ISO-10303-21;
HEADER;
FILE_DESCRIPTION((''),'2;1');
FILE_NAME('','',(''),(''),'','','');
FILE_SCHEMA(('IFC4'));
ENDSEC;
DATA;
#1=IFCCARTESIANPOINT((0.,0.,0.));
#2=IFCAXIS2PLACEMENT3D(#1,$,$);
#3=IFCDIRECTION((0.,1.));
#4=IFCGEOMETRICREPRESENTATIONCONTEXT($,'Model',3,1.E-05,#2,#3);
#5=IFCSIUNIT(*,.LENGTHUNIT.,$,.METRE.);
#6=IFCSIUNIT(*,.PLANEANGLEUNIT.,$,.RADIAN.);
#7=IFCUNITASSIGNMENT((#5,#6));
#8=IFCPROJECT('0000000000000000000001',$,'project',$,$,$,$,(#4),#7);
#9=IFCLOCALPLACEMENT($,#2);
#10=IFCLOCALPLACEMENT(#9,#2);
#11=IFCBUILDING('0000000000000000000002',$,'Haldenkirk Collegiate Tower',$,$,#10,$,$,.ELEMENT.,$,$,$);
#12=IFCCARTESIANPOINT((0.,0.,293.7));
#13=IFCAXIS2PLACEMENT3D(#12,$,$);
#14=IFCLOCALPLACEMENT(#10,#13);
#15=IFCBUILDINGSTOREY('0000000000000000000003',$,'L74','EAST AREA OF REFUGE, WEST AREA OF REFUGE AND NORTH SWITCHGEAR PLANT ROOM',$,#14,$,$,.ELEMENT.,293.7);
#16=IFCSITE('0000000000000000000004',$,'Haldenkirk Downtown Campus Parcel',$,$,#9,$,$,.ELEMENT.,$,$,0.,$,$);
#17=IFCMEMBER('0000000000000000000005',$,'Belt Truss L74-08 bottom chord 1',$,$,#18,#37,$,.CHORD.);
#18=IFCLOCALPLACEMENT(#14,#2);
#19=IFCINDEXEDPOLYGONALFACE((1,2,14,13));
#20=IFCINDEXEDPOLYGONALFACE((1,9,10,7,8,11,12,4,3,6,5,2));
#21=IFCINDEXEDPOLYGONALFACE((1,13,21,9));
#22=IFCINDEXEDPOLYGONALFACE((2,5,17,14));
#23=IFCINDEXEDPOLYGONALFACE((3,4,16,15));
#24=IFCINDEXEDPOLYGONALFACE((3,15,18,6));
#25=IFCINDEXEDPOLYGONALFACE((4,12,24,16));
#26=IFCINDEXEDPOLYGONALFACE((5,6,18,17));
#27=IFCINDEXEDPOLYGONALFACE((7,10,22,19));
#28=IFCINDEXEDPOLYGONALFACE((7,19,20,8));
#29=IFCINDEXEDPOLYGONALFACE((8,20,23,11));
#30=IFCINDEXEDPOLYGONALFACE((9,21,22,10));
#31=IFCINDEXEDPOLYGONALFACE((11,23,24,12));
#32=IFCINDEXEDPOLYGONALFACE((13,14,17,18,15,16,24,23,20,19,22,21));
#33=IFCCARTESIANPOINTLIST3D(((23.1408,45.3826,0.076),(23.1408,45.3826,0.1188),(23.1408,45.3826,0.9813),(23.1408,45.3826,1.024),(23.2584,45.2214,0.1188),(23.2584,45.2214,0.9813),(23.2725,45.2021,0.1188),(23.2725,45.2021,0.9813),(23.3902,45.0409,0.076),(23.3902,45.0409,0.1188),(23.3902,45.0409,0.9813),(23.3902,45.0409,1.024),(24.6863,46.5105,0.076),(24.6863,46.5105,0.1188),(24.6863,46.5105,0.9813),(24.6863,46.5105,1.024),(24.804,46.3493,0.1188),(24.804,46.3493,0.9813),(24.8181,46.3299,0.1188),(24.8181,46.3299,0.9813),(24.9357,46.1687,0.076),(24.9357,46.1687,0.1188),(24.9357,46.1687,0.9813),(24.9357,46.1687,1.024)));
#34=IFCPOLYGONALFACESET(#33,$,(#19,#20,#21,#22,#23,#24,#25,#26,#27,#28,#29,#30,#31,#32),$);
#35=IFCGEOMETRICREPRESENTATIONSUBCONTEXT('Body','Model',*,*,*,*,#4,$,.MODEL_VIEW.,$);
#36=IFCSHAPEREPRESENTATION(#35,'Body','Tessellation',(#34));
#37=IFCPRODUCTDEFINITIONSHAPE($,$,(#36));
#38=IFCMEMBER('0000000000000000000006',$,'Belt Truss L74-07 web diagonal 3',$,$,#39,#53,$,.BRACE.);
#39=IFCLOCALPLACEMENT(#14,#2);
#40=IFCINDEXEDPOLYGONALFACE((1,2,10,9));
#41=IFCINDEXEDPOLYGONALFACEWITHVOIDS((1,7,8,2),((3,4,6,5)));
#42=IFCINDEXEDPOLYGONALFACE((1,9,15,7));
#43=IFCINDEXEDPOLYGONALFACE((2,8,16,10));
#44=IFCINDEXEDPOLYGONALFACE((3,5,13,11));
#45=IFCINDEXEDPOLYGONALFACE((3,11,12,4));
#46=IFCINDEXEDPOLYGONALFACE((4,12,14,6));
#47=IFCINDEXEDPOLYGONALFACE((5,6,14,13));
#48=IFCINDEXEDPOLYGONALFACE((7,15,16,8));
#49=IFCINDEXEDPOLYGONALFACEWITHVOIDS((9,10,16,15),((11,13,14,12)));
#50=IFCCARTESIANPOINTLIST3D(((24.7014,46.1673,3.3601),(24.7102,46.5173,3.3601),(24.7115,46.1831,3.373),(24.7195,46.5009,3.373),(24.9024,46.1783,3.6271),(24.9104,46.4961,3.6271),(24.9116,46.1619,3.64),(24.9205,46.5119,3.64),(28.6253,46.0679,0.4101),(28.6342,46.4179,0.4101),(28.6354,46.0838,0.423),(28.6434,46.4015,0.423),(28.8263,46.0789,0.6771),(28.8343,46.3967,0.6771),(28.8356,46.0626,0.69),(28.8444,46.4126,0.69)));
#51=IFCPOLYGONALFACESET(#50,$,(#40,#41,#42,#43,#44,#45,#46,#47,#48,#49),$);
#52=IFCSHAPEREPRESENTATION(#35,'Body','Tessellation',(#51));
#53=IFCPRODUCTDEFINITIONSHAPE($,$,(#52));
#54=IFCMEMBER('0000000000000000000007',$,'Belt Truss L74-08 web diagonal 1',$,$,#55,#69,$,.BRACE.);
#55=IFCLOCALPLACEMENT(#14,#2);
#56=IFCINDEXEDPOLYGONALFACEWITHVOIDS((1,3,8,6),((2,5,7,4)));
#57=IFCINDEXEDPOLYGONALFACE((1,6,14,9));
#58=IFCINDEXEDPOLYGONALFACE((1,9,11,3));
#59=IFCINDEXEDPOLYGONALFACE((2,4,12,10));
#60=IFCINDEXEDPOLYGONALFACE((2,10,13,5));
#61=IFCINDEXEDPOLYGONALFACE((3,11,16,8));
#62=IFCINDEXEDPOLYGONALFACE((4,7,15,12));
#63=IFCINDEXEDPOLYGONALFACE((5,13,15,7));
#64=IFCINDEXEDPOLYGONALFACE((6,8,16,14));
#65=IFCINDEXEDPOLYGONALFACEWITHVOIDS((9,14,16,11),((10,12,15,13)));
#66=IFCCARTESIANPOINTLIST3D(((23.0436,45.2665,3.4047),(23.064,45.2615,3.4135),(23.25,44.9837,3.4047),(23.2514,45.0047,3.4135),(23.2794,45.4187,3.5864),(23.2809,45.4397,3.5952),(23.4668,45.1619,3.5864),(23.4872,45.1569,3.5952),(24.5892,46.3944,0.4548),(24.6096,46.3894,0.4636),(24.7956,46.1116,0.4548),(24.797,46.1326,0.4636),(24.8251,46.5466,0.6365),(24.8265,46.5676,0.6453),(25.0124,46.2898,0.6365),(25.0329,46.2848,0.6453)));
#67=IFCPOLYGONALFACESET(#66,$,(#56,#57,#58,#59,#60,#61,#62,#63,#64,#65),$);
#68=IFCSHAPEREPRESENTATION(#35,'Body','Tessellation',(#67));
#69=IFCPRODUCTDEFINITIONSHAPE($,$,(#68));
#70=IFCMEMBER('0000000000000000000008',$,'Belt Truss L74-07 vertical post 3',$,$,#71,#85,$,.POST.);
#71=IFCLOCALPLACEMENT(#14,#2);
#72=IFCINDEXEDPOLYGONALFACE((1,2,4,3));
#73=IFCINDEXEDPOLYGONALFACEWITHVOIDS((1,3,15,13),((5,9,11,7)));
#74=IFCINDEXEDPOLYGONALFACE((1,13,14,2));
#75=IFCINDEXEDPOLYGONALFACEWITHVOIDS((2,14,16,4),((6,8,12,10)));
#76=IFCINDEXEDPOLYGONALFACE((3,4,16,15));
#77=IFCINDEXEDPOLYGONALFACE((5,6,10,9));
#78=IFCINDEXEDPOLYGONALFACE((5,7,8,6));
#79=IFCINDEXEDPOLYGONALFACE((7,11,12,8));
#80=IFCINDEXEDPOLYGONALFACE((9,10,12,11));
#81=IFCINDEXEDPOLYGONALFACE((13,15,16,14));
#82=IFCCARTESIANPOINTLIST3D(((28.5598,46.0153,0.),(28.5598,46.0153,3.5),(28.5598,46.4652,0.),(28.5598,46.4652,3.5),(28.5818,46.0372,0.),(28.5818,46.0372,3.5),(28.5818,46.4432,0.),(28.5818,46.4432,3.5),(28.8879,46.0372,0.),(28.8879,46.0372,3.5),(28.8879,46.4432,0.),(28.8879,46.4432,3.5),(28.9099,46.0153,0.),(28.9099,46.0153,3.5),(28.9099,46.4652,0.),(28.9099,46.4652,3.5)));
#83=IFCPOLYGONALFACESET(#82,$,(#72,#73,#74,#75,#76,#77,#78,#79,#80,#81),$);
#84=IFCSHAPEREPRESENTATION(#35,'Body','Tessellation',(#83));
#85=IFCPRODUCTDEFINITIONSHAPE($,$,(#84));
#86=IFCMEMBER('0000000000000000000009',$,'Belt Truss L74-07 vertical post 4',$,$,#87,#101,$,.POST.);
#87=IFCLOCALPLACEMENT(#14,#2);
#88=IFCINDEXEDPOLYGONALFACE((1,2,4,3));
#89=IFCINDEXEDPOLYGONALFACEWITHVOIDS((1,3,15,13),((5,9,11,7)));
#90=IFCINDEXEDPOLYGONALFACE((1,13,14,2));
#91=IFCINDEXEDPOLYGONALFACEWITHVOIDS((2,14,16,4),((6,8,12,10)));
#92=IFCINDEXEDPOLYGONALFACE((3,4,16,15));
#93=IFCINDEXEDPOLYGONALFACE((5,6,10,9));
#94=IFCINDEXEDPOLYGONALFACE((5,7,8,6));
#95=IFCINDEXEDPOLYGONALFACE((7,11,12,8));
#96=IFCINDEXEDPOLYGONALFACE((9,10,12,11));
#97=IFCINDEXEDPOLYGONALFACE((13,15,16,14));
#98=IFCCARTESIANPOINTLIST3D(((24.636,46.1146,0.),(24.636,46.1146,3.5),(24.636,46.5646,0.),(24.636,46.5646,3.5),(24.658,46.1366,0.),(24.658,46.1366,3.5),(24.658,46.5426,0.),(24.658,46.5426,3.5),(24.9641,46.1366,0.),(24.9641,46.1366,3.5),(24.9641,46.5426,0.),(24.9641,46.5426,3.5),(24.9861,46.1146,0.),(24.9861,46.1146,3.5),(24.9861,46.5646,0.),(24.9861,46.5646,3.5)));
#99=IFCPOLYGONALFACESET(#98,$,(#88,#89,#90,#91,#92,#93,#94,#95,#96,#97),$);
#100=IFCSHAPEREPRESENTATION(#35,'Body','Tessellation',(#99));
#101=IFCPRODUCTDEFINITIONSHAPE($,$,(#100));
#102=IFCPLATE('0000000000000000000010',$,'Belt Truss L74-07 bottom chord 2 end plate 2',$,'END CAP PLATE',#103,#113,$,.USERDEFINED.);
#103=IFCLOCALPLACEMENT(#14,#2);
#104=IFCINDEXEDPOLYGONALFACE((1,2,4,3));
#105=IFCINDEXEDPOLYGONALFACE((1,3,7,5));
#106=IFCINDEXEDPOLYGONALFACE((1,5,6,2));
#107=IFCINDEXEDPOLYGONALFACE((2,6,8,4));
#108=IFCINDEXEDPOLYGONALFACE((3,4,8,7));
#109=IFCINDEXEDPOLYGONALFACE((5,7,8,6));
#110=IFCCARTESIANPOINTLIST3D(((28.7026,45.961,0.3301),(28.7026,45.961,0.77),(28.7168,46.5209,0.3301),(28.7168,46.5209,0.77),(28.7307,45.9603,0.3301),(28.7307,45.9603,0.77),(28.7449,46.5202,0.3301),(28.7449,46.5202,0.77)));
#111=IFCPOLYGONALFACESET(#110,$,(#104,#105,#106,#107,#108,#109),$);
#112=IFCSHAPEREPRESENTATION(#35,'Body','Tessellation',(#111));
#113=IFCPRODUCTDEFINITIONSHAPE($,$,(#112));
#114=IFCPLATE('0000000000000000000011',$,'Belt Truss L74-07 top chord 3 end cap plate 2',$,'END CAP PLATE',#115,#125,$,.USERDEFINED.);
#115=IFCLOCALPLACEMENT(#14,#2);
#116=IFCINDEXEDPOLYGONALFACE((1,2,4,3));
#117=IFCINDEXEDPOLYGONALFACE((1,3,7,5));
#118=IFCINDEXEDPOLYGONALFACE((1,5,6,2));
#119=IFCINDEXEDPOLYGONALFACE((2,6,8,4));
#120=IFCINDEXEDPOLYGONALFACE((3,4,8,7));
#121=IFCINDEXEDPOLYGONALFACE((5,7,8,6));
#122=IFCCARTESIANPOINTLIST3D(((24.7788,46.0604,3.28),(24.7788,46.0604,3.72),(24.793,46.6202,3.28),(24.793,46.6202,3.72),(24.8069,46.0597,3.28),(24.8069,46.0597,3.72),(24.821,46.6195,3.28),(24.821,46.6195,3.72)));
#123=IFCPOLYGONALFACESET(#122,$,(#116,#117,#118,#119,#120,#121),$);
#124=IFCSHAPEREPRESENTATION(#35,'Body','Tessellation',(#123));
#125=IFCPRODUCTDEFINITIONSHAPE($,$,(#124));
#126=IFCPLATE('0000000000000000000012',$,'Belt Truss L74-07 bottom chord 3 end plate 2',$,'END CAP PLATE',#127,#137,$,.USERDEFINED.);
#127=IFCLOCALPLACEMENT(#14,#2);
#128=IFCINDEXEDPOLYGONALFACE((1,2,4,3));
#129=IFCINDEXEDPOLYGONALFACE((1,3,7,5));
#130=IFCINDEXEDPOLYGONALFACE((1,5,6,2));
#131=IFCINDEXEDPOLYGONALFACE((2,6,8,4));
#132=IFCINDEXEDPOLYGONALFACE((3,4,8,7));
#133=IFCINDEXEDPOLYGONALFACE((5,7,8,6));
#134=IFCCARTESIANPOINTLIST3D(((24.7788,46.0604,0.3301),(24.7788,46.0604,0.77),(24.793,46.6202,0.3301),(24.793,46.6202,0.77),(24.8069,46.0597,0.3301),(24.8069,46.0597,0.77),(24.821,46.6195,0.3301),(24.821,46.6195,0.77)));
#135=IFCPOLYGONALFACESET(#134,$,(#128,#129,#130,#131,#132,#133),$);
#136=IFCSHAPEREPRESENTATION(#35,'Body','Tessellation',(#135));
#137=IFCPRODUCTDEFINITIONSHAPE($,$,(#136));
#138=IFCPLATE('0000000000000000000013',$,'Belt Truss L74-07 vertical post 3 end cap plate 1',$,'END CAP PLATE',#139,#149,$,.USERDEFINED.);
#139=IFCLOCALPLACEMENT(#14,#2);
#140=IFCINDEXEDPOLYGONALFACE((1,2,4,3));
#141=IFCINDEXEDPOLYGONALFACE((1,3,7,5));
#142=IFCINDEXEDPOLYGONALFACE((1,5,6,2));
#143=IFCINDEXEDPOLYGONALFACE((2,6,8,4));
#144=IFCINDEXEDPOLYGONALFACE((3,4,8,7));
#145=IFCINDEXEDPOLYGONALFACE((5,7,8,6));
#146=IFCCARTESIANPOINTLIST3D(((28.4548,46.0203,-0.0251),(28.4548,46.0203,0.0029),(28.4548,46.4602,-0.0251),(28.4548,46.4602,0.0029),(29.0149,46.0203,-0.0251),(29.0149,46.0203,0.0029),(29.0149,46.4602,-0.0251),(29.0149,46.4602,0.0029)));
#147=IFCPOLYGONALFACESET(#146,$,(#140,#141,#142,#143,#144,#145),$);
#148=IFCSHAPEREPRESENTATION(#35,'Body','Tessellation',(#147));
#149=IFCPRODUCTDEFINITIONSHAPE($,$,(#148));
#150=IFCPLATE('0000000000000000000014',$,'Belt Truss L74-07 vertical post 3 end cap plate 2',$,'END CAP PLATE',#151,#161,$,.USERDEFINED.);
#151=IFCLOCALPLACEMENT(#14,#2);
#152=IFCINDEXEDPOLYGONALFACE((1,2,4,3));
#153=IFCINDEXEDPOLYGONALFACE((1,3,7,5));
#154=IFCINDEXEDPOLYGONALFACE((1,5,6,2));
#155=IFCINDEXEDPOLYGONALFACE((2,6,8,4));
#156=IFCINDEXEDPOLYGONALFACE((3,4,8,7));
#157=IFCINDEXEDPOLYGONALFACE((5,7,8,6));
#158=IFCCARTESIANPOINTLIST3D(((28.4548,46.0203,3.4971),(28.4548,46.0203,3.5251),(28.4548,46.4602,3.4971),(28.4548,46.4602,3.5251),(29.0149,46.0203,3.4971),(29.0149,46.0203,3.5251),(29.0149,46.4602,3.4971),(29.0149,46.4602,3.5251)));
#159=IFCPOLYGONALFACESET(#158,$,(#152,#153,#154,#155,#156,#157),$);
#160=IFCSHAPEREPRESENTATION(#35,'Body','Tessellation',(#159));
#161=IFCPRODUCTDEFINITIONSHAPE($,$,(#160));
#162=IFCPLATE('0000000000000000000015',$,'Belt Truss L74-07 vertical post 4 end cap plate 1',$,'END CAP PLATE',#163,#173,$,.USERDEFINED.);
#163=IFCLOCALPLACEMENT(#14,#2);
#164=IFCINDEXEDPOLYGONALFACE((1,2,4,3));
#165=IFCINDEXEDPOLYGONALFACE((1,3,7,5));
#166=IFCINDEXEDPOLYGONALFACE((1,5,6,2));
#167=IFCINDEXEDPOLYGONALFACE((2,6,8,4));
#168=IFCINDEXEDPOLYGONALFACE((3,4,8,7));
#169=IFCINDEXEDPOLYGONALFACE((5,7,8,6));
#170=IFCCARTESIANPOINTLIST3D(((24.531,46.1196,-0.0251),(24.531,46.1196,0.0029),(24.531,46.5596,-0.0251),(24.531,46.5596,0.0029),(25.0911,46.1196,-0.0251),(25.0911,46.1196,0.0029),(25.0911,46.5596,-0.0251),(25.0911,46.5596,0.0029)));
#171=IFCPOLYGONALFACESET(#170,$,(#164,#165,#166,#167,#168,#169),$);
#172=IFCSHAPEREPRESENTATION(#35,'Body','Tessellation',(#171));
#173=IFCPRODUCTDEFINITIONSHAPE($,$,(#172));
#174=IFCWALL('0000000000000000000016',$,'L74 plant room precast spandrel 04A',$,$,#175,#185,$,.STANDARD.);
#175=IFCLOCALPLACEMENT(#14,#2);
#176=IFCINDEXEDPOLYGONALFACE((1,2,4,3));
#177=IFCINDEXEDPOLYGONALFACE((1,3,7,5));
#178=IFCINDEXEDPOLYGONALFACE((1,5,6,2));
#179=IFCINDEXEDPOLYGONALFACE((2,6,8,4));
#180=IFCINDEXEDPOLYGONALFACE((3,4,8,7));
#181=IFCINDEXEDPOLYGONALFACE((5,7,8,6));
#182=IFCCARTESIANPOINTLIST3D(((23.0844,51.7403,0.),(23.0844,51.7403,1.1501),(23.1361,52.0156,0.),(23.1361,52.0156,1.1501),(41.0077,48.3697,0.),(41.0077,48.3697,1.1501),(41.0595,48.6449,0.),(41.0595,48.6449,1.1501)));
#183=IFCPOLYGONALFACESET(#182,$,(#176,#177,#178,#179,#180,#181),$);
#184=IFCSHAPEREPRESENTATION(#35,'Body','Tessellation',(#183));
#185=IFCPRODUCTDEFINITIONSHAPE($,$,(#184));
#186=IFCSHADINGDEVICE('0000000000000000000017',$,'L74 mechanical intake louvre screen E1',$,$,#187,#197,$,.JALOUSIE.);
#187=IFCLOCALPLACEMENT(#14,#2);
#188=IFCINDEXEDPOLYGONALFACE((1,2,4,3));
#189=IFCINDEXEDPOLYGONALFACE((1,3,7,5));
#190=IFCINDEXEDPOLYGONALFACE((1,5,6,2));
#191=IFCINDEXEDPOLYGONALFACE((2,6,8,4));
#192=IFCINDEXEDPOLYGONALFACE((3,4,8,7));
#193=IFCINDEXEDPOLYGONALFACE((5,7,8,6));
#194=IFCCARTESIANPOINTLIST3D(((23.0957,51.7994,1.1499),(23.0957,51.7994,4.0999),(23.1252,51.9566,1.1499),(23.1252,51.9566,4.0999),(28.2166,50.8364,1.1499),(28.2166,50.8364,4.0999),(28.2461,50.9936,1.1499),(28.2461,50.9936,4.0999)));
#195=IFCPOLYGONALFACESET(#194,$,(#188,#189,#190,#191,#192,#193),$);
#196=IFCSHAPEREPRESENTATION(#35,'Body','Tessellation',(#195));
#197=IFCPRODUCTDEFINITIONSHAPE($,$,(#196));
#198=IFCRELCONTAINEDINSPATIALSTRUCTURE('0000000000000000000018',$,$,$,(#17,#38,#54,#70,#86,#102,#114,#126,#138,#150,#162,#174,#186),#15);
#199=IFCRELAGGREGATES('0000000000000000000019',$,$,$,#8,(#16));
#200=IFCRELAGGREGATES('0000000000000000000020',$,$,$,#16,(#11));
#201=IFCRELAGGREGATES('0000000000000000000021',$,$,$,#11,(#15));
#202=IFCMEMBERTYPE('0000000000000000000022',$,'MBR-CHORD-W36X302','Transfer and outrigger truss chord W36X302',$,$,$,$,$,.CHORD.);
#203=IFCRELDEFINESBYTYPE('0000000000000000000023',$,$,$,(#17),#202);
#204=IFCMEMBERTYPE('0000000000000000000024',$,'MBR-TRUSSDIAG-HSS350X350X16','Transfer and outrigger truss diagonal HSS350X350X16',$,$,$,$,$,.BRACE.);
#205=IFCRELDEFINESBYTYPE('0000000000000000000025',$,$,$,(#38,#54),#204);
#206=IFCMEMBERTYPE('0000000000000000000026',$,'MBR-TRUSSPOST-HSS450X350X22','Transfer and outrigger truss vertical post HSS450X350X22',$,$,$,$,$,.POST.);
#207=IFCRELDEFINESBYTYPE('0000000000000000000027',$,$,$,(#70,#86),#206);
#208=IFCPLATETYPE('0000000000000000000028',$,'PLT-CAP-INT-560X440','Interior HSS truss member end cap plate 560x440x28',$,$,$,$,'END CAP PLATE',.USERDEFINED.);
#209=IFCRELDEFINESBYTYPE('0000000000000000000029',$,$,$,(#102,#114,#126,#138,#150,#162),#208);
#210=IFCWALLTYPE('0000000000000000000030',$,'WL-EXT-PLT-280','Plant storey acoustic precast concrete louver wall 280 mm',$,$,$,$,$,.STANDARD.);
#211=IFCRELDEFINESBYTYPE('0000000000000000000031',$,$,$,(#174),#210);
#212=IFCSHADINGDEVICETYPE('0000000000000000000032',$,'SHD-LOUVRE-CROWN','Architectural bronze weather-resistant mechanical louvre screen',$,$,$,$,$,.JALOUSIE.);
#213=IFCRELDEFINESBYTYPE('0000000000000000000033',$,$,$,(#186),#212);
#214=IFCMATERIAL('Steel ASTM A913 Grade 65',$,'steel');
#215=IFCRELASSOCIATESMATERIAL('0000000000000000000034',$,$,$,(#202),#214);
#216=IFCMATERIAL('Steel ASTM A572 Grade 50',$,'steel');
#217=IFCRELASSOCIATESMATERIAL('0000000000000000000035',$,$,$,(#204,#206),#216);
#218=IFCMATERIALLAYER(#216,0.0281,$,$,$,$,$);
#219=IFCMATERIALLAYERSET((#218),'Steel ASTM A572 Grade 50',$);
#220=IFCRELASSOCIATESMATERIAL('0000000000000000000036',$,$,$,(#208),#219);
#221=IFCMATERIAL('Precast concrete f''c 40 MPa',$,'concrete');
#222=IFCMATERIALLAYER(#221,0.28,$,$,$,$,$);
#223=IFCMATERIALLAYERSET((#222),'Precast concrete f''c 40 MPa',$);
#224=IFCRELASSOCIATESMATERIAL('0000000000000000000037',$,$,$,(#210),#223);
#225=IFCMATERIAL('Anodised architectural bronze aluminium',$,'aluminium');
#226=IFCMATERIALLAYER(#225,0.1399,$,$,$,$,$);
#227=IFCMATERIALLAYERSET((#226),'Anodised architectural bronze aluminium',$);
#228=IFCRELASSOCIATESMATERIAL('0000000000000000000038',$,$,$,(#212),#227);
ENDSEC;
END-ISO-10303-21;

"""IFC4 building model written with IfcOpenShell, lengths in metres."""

from ifc_helpers import new_model, si_unit, direction, frame, frame_2d, origin, origin_2d, place, context, subcontext, project, spatial, rectangle, hollow_rectangle, i_section, extrude, source, transform, mapped, material, layer, layer_set, material_profile, profile_set, type_object, element, save


model = new_model("IFC4")

# Units and contexts
model_context = context("Model", 3, precision=1e-05, world=origin(), true_north=direction((0.0, 1.0)))
body_context = subcontext(model_context, "Body", "Model", "MODEL_VIEW")
ifc_project = project(units=[si_unit("LENGTHUNIT", "METRE"), si_unit("PLANEANGLEUNIT", "RADIAN")], contexts=[model_context])

# Site, building, storey
site_placement = place(None, origin())
site = spatial("IfcSite", under=ifc_project, at=site_placement, Name="Haldenkirk Downtown Campus Parcel", CompositionType="ELEMENT", RefElevation=0.0)
building_placement = place(site_placement, origin())
building = spatial("IfcBuilding", under=site, at=building_placement, Name="Haldenkirk Collegiate Tower", CompositionType="ELEMENT")
storey_placement = place(building_placement, frame((0.0, 0.0, 293.7)))
storey = spatial("IfcBuildingStorey", under=building, at=storey_placement, Name="L74", Description="EAST AREA OF REFUGE, WEST AREA OF REFUGE AND NORTH SWITCHGEAR PLANT ROOM", CompositionType="ELEMENT", Elevation=293.7)

# Shared definitions
ifc_material_1 = material(Name="Steel ASTM A913 Grade 65", Category="steel")
ifc_material_2 = material(Name="Steel ASTM A572 Grade 50", Category="steel")

# Members
ifc_material_profile_1 = material_profile(ifc_material_1, i_section(OverallWidth=0.4231, OverallDepth=0.948, WebThickness=0.0239, FlangeThickness=0.0427, at=origin_2d()), Name="W36X302")
ifc_profile_set_1 = profile_set([ifc_material_profile_1], Name="Steel ASTM A913 Grade 65")
member_type_1 = type_object("IfcMemberType", Name="MBR-CHORD-W36X302", Description="Transfer and outrigger truss chord W36X302", PredefinedType="CHORD", material=ifc_profile_set_1)
member_1_placement = place(storey_placement, frame((24.811, 46.3396, 0.55), z_axis=(-0.807786, -0.589476, 0.0), x_axis=(0.589476, -0.807786, 0.0)))
element("IfcMember", 1, at=member_1_placement, inside=storey, type_object=member_type_1, Name="Belt Truss L74-08 bottom chord 1", PredefinedType="CHORD", context=body_context, shape_type="SweptSolid", body=[
    extrude(i_section(OverallWidth=0.4231, OverallDepth=0.948, WebThickness=0.0239, FlangeThickness=0.0427, at=origin_2d()), origin(), (0.0, 0.0, 1.0), 1.9133),
])
ifc_material_profile_2 = material_profile(ifc_material_2, hollow_rectangle(XDim=0.3501, YDim=0.3501, WallThickness=0.0161, at=origin_2d()), Name="HSS350X350X16")
ifc_profile_set_2 = profile_set([ifc_material_profile_2], Name="Steel ASTM A572 Grade 50")
member_type_2 = type_object("IfcMemberType", Name="MBR-TRUSSDIAG-HSS350X350X16", Description="Transfer and outrigger truss diagonal HSS350X350X16", PredefinedType="BRACE", material=ifc_profile_set_2)
member_2_placement = place(storey_placement, frame((28.7349, 46.2402, 0.55), z_axis=(-0.799143, 0.020237, 0.6008), x_axis=(-0.025315, -0.99968, 0.0)))
element("IfcMember", 2, at=member_2_placement, inside=storey, type_object=member_type_2, Name="Belt Truss L74-07 web diagonal 3", PredefinedType="BRACE", context=body_context, shape_type="SweptSolid", body=[
    extrude(hollow_rectangle(XDim=0.3501, YDim=0.3501, WallThickness=0.0161, at=origin_2d()), origin(), (0.0, 0.0, 1.0), 4.9102),
])
member_3_placement = place(storey_placement, frame((24.811, 46.3396, 0.55), z_axis=(-0.439584, -0.320783, 0.838966), x_axis=(0.589476, -0.807786, 0.0)))
element("IfcMember", 3, at=member_3_placement, inside=storey, type_object=member_type_2, Name="Belt Truss L74-08 web diagonal 1", PredefinedType="BRACE", context=body_context, shape_type="SweptSolid", body=[
    extrude(hollow_rectangle(XDim=0.3501, YDim=0.3501, WallThickness=0.0161, at=origin_2d()), origin(), (0.0, 0.0, 1.0), 3.5161),
])
ifc_material_profile_3 = material_profile(ifc_material_2, hollow_rectangle(XDim=0.3501, YDim=0.45, WallThickness=0.022, at=origin_2d()), Name="HSS450X350X22")
ifc_profile_set_3 = profile_set([ifc_material_profile_3], Name="Steel ASTM A572 Grade 50")
member_type_3 = type_object("IfcMemberType", Name="MBR-TRUSSPOST-HSS450X350X22", Description="Transfer and outrigger truss vertical post HSS450X350X22", PredefinedType="POST", material=ifc_profile_set_3)
for number, where, z_axis, x_axis, name in (
    (4, (28.7349, 46.2402, 0.0), (0.0, 0.0, 1.0), (1.0, 0.0, 0.0), "Belt Truss L74-07 vertical post 3"),
    (5, (24.811, 46.3396, 0.0), (0.0, 0.0, 1.0), (1.0, 0.0, 0.0), "Belt Truss L74-07 vertical post 4"),
):
    element("IfcMember", number, at=place(storey_placement, frame(where, z_axis=z_axis, x_axis=x_axis)), inside=storey, type_object=member_type_3, Name=name, PredefinedType="POST", context=body_context, shape_type="SweptSolid", body=[
        extrude(hollow_rectangle(XDim=0.3501, YDim=0.45, WallThickness=0.022, at=origin_2d()), origin(), (0.0, 0.0, 1.0), 3.5),
    ])

# Plates
ifc_layer_1 = layer(ifc_material_2, 0.0281)
ifc_layer_set_1 = layer_set([ifc_layer_1], Name="Steel ASTM A572 Grade 50")
plate_type = type_object("IfcPlateType", Name="PLT-CAP-INT-560X440", Description="Interior HSS truss member end cap plate 560x440x28", ElementType="END CAP PLATE", PredefinedType="USERDEFINED", material=ifc_layer_set_1)
shared_shape_1 = source(origin(), body_context, "Body", "SweptSolid", [
    extrude(rectangle(XDim=0.5601, YDim=0.4399, at=origin_2d()), origin(), (0.0, 0.0, 1.0), 0.0281),
])
for number, where, z_axis, x_axis, name in (
    (6, (28.7378, 46.2402, 0.55), (-0.99968, 0.025299, 0.0), (-0.025299, -0.99968, 0.0), "Belt Truss L74-07 bottom chord 2 end plate 2"),
    (7, (24.814, 46.3396, 3.5), (-0.99968, 0.0253, 0.0), (-0.0253, -0.99968, 0.0), "Belt Truss L74-07 top chord 3 end cap plate 2"),
    (8, (24.814, 46.3396, 0.55), (-0.99968, 0.025299, 0.0), (-0.025299, -0.99968, 0.0), "Belt Truss L74-07 bottom chord 3 end plate 2"),
    (9, (28.7349, 46.2402, 0.0029), (0.0, 0.0, -1.0), (1.0, 0.0, 0.0), "Belt Truss L74-07 vertical post 3 end cap plate 1"),
    (10, (28.7349, 46.2402, 3.4971), (0.0, 0.0, 1.0), (1.0, 0.0, 0.0), "Belt Truss L74-07 vertical post 3 end cap plate 2"),
    (11, (24.811, 46.3396, 0.0029), (0.0, 0.0, -1.0), (1.0, 0.0, 0.0), "Belt Truss L74-07 vertical post 4 end cap plate 1"),
):
    element("IfcPlate", number, at=place(storey_placement, frame(where, z_axis=z_axis, x_axis=x_axis)), inside=storey, type_object=plate_type, Name=name, ObjectType="END CAP PLATE", PredefinedType="USERDEFINED", context=body_context, shape_type="MappedRepresentation", body=[
        mapped(shared_shape_1, transform((0.0, 0.0, 0.0), x_axis=(1.0, 0.0, 0.0), y_axis=(0.0, 1.0, 0.0), z_axis=(0.0, 0.0, 1.0), scale=1.0)),
    ])

# Wall
ifc_material_3 = material(Name="Precast concrete f'c 40 MPa", Category="concrete")
ifc_layer_2 = layer(ifc_material_3, 0.28)
ifc_layer_set_2 = layer_set([ifc_layer_2], Name="Precast concrete f'c 40 MPa")
wall_type = type_object("IfcWallType", Name="WL-EXT-PLT-280", Description="Plant storey acoustic precast concrete louver wall 280 mm", PredefinedType="STANDARD", material=ifc_layer_set_2)
wall_placement = place(storey_placement, frame((23.1104, 51.8779, 0.0), z_axis=(0.0, 0.0, 1.0), x_axis=(0.982773, -0.184817, 0.0)))
element("IfcWall", 12, at=wall_placement, inside=storey, type_object=wall_type, Name="L74 plant room precast spandrel 04A", PredefinedType="STANDARD", context=body_context, shape_type="SweptSolid", body=[
    extrude(rectangle(XDim=18.2375, YDim=0.28, at=frame_2d((9.1187, 0.0))), origin(), (0.0, 0.0, 1.0), 1.1501),
])

# Shading device
ifc_material_4 = material(Name="Anodised architectural bronze aluminium", Category="aluminium")
ifc_layer_3 = layer(ifc_material_4, 0.1399)
ifc_layer_set_3 = layer_set([ifc_layer_3], Name="Anodised architectural bronze aluminium")
shading_device_type = type_object("IfcShadingDeviceType", Name="SHD-LOUVRE-CROWN", Description="Architectural bronze weather-resistant mechanical louvre screen", PredefinedType="JALOUSIE", material=ifc_layer_set_3)
shared_shape_2 = source(origin(), body_context, "Body", "SweptSolid", [
    extrude(rectangle(XDim=5.2107, YDim=0.1599, at=origin_2d()), origin(), (0.0, 0.0, 1.0), 2.95),
])
for number, where, z_axis, x_axis, name in (
    (13, (25.6709, 51.3965, 1.1499), (0.0, 0.0, 1.0), (0.982774, -0.184809, 0.0), "L74 mechanical intake louvre screen E1"),
):
    element("IfcShadingDevice", number, at=place(storey_placement, frame(where, z_axis=z_axis, x_axis=x_axis)), inside=storey, type_object=shading_device_type, Name=name, PredefinedType="JALOUSIE", context=body_context, shape_type="MappedRepresentation", body=[
        mapped(shared_shape_2, transform((0.0, 0.0, 0.0), x_axis=(1.0, 0.0, 0.0), y_axis=(0.0, 1.0, 0.0), z_axis=(0.0, 0.0, 1.0), scale=1.0)),
    ])

save(model, "model.ifc")
